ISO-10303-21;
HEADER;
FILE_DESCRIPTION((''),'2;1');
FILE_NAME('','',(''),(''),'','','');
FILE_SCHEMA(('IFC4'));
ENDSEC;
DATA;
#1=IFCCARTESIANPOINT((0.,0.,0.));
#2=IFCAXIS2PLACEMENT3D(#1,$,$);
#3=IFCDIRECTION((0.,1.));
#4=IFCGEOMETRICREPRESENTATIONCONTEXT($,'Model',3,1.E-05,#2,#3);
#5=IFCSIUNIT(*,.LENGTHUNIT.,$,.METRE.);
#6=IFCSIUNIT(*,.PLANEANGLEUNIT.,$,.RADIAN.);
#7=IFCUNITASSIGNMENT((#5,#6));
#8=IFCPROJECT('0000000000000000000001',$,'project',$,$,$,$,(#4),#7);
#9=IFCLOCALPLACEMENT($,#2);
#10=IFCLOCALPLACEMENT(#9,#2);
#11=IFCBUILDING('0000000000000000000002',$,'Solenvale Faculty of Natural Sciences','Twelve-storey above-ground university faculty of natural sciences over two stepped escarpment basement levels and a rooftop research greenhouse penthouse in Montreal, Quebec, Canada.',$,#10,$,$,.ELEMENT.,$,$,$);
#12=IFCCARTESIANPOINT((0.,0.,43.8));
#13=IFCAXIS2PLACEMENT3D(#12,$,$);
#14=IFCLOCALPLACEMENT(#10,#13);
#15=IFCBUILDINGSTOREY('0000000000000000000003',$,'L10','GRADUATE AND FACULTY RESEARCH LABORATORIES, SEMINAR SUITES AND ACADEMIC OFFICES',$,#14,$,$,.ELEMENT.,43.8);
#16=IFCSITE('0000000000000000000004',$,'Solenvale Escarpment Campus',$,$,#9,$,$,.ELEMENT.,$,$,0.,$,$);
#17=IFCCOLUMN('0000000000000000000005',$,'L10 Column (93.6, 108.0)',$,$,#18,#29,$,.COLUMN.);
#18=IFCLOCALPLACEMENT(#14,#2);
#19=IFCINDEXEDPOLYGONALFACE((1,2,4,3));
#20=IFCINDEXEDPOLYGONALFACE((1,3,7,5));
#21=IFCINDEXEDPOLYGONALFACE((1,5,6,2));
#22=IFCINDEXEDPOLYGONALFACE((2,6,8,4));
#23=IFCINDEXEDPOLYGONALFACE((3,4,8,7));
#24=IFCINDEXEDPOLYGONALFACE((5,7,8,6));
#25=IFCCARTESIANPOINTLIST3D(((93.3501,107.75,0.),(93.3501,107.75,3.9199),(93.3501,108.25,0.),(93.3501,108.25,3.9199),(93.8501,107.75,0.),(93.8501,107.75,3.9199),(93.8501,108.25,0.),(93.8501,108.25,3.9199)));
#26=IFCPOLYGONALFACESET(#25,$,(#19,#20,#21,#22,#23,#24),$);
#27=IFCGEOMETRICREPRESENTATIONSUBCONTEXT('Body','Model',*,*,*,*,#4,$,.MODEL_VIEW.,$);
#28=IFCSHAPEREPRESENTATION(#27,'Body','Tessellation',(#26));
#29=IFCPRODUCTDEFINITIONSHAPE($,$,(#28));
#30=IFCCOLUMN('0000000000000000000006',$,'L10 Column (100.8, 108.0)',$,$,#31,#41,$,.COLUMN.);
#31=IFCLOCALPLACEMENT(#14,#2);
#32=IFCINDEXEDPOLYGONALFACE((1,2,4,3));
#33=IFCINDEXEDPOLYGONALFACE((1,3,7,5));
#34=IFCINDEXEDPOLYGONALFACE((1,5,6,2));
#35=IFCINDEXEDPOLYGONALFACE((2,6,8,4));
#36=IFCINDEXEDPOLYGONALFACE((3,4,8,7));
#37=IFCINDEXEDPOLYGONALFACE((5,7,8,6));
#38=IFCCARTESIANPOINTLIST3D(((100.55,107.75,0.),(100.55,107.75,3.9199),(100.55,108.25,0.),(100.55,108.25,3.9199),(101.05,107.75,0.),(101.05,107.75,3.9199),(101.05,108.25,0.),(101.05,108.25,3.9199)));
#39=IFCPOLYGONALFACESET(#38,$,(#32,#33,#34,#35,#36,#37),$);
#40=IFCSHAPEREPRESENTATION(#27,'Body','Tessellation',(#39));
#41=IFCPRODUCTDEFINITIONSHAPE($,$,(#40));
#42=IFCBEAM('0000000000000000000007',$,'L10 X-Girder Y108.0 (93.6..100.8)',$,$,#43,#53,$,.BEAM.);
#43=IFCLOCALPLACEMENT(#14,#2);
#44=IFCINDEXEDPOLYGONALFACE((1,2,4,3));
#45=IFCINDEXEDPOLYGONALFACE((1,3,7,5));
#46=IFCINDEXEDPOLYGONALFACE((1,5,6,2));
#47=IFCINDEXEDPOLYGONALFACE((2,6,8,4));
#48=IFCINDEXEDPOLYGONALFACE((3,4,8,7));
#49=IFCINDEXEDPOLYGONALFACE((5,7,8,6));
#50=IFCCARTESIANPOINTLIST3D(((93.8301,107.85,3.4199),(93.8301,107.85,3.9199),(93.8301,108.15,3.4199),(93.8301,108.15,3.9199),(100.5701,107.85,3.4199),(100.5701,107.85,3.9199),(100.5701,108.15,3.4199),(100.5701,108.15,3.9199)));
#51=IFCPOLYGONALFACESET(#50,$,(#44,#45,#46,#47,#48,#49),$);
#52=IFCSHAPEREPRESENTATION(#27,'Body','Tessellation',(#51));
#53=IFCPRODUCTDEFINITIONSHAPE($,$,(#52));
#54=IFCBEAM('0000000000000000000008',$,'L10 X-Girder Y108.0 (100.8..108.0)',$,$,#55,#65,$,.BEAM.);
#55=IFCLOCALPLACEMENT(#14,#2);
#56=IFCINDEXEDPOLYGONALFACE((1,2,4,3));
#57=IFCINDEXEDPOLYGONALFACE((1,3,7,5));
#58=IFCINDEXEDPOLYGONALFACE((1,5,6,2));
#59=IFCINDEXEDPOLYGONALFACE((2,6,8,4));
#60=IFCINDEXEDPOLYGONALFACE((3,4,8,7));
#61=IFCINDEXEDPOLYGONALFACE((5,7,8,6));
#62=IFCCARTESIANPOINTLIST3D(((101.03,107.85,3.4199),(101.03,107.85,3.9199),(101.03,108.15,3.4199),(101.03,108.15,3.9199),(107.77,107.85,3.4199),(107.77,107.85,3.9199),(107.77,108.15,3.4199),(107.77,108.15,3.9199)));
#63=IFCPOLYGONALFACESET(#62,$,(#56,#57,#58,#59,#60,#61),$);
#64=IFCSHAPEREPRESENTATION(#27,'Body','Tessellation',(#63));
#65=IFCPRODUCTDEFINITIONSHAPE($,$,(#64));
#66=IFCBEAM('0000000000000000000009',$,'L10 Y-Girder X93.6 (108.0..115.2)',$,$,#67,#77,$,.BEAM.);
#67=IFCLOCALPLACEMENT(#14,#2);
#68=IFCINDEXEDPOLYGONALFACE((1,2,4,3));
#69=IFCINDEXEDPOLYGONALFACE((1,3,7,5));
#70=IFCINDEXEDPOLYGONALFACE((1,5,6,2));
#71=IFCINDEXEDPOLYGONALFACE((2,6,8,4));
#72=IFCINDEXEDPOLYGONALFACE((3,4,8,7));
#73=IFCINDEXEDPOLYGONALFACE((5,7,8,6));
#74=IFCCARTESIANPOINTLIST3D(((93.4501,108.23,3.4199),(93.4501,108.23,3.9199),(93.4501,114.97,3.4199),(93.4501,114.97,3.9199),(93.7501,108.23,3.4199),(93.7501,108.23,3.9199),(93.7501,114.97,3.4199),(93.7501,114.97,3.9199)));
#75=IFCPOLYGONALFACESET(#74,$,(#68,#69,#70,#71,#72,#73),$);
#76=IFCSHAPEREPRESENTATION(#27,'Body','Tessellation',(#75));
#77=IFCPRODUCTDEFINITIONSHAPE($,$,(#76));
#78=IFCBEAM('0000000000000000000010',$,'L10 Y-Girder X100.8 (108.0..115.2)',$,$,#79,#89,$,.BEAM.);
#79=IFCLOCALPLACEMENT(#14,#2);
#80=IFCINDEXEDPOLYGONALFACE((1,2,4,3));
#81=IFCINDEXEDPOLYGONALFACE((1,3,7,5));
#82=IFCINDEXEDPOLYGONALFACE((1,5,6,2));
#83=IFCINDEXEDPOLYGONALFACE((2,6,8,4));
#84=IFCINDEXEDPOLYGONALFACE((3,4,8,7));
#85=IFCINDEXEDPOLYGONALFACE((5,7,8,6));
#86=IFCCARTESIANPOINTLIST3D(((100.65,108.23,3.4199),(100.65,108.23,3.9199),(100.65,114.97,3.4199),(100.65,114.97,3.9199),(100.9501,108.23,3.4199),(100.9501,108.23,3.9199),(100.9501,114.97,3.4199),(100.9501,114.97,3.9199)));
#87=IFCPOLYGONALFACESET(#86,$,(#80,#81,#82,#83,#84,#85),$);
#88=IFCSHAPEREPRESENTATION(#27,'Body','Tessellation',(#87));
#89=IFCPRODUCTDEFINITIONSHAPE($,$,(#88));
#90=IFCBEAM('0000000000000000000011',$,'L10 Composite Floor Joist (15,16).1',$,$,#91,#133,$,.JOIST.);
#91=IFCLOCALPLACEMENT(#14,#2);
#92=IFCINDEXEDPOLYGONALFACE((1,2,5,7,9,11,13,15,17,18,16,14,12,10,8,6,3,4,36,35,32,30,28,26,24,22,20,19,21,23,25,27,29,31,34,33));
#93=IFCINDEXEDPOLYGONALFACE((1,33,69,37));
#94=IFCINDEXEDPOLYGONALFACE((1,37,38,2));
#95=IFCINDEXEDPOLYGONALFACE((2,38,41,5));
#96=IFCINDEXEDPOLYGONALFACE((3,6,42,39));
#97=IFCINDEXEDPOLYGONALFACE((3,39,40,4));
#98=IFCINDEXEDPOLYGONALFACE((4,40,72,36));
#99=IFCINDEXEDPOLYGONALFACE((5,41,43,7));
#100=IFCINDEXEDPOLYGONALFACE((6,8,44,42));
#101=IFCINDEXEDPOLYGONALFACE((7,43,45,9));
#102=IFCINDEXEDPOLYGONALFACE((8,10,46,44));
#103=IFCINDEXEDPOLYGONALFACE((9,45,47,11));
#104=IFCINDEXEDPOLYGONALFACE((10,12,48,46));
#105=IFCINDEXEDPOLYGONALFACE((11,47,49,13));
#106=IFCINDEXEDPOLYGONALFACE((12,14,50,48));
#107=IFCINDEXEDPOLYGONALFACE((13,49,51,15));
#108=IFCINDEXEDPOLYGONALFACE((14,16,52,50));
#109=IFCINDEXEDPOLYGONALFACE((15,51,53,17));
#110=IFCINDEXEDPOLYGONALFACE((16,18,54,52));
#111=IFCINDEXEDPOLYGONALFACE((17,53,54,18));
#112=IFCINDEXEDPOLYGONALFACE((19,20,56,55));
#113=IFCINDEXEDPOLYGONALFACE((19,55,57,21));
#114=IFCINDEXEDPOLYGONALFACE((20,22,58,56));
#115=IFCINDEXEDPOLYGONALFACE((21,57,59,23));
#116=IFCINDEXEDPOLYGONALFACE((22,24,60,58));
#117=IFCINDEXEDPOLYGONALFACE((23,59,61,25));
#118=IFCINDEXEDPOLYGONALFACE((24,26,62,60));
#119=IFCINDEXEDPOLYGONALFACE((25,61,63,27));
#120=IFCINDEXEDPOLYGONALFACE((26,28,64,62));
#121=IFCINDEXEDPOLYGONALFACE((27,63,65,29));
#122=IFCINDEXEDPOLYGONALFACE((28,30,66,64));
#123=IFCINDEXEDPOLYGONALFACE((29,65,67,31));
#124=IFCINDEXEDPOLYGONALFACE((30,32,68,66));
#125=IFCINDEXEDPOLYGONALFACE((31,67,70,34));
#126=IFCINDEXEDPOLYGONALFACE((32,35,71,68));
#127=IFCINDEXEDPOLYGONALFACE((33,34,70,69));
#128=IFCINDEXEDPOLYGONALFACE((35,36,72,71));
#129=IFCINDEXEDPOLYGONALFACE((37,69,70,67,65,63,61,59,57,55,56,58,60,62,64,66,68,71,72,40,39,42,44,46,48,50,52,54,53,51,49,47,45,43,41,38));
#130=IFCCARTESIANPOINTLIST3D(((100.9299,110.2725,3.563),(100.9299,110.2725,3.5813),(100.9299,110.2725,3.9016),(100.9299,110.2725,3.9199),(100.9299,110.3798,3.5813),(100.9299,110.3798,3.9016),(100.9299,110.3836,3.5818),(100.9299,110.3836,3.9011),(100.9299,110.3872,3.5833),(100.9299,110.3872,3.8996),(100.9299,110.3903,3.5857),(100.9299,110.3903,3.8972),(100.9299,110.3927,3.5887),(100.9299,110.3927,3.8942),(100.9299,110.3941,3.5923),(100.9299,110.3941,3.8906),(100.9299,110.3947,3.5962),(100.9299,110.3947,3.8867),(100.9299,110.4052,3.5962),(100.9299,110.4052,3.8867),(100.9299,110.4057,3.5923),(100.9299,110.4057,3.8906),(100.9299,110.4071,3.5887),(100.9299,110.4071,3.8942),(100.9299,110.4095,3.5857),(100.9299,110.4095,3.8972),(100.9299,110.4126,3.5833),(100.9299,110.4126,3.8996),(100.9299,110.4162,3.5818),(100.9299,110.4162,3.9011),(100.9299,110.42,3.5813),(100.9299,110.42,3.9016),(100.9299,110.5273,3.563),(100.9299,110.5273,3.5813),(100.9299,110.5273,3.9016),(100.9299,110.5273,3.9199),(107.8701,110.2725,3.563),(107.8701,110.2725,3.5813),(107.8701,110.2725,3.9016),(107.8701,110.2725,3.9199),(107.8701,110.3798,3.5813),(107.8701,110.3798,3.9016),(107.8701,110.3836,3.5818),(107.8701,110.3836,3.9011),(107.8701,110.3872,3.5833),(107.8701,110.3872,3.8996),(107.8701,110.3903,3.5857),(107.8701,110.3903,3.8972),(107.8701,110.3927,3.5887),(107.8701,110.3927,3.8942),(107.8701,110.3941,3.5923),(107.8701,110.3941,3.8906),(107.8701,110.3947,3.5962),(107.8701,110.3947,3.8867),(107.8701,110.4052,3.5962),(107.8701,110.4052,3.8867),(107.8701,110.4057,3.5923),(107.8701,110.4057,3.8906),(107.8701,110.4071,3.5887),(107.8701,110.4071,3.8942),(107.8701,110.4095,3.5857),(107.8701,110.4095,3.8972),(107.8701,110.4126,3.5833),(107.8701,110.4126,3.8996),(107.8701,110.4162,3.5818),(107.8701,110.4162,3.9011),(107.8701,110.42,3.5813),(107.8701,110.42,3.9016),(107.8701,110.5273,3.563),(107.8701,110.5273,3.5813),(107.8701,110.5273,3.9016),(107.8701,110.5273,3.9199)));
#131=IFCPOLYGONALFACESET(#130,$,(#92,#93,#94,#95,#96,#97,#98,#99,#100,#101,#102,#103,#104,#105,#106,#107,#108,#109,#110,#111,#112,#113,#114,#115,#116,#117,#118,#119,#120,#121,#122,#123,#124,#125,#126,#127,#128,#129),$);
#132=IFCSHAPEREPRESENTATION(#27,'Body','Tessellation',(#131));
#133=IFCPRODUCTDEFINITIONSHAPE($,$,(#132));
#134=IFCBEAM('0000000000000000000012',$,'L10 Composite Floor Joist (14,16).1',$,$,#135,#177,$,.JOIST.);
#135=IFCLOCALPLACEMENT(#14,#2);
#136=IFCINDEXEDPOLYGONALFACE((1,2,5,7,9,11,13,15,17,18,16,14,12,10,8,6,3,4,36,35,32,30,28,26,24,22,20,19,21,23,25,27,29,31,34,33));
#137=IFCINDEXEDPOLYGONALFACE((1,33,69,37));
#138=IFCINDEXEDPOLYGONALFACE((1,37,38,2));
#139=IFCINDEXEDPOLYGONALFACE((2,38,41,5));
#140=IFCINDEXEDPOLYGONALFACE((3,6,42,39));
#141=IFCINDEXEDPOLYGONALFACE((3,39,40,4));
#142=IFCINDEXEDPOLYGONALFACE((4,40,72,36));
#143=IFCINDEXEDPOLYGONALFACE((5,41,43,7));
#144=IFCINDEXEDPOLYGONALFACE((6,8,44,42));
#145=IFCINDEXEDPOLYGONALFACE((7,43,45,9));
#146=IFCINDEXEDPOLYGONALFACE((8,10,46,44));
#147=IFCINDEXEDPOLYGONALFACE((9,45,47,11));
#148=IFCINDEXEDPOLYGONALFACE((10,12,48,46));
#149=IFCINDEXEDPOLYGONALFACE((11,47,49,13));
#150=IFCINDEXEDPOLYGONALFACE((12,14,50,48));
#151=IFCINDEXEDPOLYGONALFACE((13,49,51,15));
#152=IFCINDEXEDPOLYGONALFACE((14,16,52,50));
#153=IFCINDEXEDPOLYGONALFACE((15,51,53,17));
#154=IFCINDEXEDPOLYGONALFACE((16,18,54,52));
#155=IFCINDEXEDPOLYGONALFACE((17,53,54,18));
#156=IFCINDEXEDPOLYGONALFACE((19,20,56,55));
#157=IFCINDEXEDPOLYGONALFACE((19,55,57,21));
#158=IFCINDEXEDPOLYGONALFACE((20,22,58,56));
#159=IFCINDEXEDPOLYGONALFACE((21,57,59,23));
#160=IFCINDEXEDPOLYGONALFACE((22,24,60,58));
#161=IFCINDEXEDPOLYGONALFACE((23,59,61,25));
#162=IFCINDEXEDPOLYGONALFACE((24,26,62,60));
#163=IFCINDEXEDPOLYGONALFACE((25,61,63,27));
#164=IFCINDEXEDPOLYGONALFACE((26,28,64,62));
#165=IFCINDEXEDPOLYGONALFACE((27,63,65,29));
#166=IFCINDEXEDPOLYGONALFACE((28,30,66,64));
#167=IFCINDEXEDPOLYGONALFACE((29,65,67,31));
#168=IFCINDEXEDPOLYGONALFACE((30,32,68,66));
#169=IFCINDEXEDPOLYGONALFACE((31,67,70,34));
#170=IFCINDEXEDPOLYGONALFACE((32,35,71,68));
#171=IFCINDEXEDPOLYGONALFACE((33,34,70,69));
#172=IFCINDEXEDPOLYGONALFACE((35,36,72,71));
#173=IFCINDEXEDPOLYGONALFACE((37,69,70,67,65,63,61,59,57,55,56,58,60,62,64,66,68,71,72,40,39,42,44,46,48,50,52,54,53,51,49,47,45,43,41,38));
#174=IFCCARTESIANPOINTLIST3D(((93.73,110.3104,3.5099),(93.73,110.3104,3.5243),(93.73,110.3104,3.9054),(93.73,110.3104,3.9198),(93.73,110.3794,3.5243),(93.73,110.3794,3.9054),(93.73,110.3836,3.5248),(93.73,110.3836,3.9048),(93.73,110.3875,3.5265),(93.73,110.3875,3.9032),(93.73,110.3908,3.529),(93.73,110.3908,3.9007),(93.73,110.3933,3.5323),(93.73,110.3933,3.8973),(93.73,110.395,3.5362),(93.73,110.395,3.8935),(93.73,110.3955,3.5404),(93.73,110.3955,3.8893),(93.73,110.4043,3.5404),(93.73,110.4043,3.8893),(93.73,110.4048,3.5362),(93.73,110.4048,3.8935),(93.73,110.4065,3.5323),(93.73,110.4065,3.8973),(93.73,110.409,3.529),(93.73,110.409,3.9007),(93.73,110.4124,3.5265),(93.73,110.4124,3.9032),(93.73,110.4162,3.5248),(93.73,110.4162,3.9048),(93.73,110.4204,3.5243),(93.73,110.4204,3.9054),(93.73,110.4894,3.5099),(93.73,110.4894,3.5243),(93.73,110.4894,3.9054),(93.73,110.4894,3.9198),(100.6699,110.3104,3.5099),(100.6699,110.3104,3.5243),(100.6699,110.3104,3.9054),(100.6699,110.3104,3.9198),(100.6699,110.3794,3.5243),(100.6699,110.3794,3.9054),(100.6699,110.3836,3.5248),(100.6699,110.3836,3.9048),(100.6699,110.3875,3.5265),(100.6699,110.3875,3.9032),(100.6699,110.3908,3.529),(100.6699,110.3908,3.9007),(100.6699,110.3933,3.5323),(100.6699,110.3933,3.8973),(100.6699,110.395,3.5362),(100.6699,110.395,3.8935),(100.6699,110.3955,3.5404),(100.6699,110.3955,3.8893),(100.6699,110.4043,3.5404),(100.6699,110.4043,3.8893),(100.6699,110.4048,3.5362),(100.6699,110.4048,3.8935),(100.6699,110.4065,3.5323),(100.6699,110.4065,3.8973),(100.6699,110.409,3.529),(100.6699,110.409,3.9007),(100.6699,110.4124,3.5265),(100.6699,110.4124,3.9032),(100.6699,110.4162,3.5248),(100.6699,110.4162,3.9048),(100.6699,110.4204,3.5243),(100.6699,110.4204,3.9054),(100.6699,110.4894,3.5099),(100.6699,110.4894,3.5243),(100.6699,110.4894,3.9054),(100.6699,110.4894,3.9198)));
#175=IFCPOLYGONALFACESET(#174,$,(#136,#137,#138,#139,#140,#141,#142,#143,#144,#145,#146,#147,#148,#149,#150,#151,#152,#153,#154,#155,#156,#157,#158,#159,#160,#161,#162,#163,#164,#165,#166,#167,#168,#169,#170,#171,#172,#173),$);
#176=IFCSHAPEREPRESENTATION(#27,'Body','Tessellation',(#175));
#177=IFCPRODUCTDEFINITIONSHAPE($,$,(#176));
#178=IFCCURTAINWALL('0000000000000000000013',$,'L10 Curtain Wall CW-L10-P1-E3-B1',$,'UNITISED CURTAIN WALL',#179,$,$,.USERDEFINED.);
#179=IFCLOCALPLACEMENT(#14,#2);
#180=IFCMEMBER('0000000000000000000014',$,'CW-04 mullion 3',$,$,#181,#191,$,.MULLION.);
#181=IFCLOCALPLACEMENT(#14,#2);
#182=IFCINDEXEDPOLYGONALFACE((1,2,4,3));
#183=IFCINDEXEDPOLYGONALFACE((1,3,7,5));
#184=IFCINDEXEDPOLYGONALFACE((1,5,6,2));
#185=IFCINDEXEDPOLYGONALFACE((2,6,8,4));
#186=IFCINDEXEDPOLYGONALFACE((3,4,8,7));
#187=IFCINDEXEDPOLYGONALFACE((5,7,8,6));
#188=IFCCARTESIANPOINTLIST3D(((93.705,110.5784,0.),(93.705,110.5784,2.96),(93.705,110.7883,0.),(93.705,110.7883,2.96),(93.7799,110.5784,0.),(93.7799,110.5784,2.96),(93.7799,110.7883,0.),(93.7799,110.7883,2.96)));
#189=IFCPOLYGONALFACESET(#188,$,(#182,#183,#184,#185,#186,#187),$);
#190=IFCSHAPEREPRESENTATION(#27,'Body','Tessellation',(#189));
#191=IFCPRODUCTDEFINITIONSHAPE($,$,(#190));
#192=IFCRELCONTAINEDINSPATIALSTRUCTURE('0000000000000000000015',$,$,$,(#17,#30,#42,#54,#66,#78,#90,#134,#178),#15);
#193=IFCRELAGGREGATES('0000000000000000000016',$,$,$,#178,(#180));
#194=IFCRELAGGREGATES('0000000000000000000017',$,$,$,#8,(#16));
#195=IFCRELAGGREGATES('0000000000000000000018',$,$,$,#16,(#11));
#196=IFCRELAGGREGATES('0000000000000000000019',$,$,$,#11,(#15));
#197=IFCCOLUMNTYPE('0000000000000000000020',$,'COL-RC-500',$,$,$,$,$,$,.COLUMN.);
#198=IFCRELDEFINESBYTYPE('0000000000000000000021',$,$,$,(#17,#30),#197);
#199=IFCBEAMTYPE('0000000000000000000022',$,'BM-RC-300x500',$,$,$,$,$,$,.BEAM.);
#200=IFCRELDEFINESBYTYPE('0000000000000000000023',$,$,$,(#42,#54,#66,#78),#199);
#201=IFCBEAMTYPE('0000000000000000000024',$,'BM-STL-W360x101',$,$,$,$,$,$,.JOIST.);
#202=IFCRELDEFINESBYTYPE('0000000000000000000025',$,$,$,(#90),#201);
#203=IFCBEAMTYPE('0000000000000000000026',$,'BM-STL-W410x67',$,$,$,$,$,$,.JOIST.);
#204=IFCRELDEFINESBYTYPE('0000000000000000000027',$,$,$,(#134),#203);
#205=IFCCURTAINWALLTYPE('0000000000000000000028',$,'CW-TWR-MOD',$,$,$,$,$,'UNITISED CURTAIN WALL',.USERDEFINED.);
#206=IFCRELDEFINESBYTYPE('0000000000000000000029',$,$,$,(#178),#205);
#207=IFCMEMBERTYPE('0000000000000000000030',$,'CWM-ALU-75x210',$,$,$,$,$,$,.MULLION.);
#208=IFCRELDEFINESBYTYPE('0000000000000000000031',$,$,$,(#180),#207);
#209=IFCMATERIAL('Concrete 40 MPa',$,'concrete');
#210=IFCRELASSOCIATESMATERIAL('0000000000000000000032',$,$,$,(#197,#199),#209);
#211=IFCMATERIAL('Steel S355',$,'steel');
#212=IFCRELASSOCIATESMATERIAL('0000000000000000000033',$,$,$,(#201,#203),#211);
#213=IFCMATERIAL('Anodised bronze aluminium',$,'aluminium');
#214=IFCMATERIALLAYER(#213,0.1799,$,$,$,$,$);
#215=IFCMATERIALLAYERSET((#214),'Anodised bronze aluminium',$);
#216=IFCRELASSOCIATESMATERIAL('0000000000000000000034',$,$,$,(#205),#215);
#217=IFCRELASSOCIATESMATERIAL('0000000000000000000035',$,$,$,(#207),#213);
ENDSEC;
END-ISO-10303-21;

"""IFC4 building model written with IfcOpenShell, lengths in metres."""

from ifc_helpers import new_model, si_unit, direction, frame, origin, origin_2d, place, context, subcontext, project, spatial, rectangle, i_section, extrude, material, layer, layer_set, material_profile, profile_set, type_object, element, aggregate, save


model = new_model("IFC4")

# Units and contexts
model_context = context("Model", 3, precision=1e-05, world=origin(), true_north=direction((0.0, 1.0)))
body_context = subcontext(model_context, "Body", "Model", "MODEL_VIEW")
ifc_project = project(units=[si_unit("LENGTHUNIT", "METRE"), si_unit("PLANEANGLEUNIT", "RADIAN")], contexts=[model_context])

# Site, building, storey
site_placement = place(None, origin())
site = spatial("IfcSite", under=ifc_project, at=site_placement, Name="Solenvale Escarpment Campus", CompositionType="ELEMENT", RefElevation=0.0)
building_placement = place(site_placement, origin())
building = spatial("IfcBuilding", under=site, at=building_placement, Name="Solenvale Faculty of Natural Sciences", Description="Twelve-storey above-ground university faculty of natural sciences over two stepped escarpment basement levels and a rooftop research greenhouse penthouse in Montreal, Quebec, Canada.", CompositionType="ELEMENT")
storey_placement = place(building_placement, frame((0.0, 0.0, 43.8)))
storey = spatial("IfcBuildingStorey", under=building, at=storey_placement, Name="L10", Description="GRADUATE AND FACULTY RESEARCH LABORATORIES, SEMINAR SUITES AND ACADEMIC OFFICES", CompositionType="ELEMENT", Elevation=43.8)

# Columns
ifc_material_1 = material(Name="Concrete 40 MPa", Category="concrete")
ifc_material_profile_1 = material_profile(ifc_material_1, rectangle(XDim=0.5, YDim=0.5, at=origin_2d()), Name="RC-COL-500x500")
ifc_profile_set_1 = profile_set([ifc_material_profile_1], Name="Concrete 40 MPa")
column_type = type_object("IfcColumnType", Name="COL-RC-500", PredefinedType="COLUMN", material=ifc_profile_set_1)
for number, where, z_axis, x_axis, name in (
    (1, (93.6001, 108.0, 0.0), (0.0, 0.0, 1.0), (1.0, 0.0, 0.0), "L10 Column (93.6, 108.0)"),
    (2, (100.8, 108.0, 0.0), (0.0, 0.0, 1.0), (1.0, 0.0, 0.0), "L10 Column (100.8, 108.0)"),
):
    element("IfcColumn", number, at=place(storey_placement, frame(where, z_axis=z_axis, x_axis=x_axis)), inside=storey, type_object=column_type, Name=name, PredefinedType="COLUMN", context=body_context, shape_type="SweptSolid", body=[
        extrude(rectangle(XDim=0.5, YDim=0.5, at=origin_2d()), origin(), (0.0, 0.0, 1.0), 3.9199),
    ])

# Beams
ifc_material_profile_2 = material_profile(ifc_material_1, rectangle(XDim=0.3, YDim=0.5, at=origin_2d()), Name="RC-BM-300x500")
ifc_profile_set_2 = profile_set([ifc_material_profile_2], Name="Concrete 40 MPa")
beam_type_1 = type_object("IfcBeamType", Name="BM-RC-300x500", PredefinedType="BEAM", material=ifc_profile_set_2)
for number, where, z_axis, x_axis, name in (
    (3, (93.8301, 108.0, 3.6699), (1.0, 0.0, 0.0), (0.0, 1.0, 0.0), "L10 X-Girder Y108.0 (93.6..100.8)"),
    (4, (101.03, 108.0, 3.6699), (1.0, 0.0, 0.0), (0.0, 1.0, 0.0), "L10 X-Girder Y108.0 (100.8..108.0)"),
    (5, (93.6001, 108.23, 3.6699), (0.0, 1.0, 0.0), (-1.0, 0.0, 0.0), "L10 Y-Girder X93.6 (108.0..115.2)"),
    (6, (100.8, 108.23, 3.6699), (0.0, 1.0, 0.0), (-1.0, 0.0, 0.0), "L10 Y-Girder X100.8 (108.0..115.2)"),
):
    element("IfcBeam", number, at=place(storey_placement, frame(where, z_axis=z_axis, x_axis=x_axis)), inside=storey, type_object=beam_type_1, Name=name, PredefinedType="BEAM", context=body_context, shape_type="SweptSolid", body=[
        extrude(rectangle(XDim=0.3, YDim=0.5, at=origin_2d()), origin(), (0.0, 0.0, 1.0), 6.74),
    ])
ifc_material_2 = material(Name="Steel S355", Category="steel")
ifc_material_profile_3 = material_profile(ifc_material_2, i_section(OverallWidth=0.2549, OverallDepth=0.3569, WebThickness=0.0105, FlangeThickness=0.0183, FilletRadius=0.0149, at=origin_2d()), Name="W360x101")
ifc_profile_set_3 = profile_set([ifc_material_profile_3], Name="Steel S355")
beam_type_2 = type_object("IfcBeamType", Name="BM-STL-W360x101", PredefinedType="JOIST", material=ifc_profile_set_3)
beam_1_placement = place(storey_placement, frame((100.9299, 110.3999, 3.7415), z_axis=(1.0, 0.0, 0.0), x_axis=(0.0, 1.0, 0.0)))
element("IfcBeam", 7, at=beam_1_placement, inside=storey, type_object=beam_type_2, Name="L10 Composite Floor Joist (15,16).1", PredefinedType="JOIST", context=body_context, shape_type="SweptSolid", body=[
    extrude(i_section(OverallWidth=0.2549, OverallDepth=0.3569, WebThickness=0.0105, FlangeThickness=0.0183, FilletRadius=0.0149, at=origin_2d()), origin(), (0.0, 0.0, 1.0), 6.9402),
])
ifc_material_profile_4 = material_profile(ifc_material_2, i_section(OverallWidth=0.179, OverallDepth=0.4099, WebThickness=0.0088, FlangeThickness=0.0144, FilletRadius=0.0161, at=origin_2d()), Name="W410x67")
ifc_profile_set_4 = profile_set([ifc_material_profile_4], Name="Steel S355")
beam_type_3 = type_object("IfcBeamType", Name="BM-STL-W410x67", PredefinedType="JOIST", material=ifc_profile_set_4)
beam_2_placement = place(storey_placement, frame((93.73, 110.3999, 3.7148), z_axis=(1.0, 0.0, 0.0), x_axis=(0.0, 1.0, 0.0)))
element("IfcBeam", 8, at=beam_2_placement, inside=storey, type_object=beam_type_3, Name="L10 Composite Floor Joist (14,16).1", PredefinedType="JOIST", context=body_context, shape_type="SweptSolid", body=[
    extrude(i_section(OverallWidth=0.179, OverallDepth=0.4099, WebThickness=0.0088, FlangeThickness=0.0144, FilletRadius=0.0161, at=origin_2d()), origin(), (0.0, 0.0, 1.0), 6.9399),
])

# Curtain wall, member
ifc_material_3 = material(Name="Anodised bronze aluminium", Category="aluminium")
ifc_layer_1 = layer(ifc_material_3, 0.1799)
ifc_layer_set_1 = layer_set([ifc_layer_1], Name="Anodised bronze aluminium")
curtain_wall_type = type_object("IfcCurtainWallType", Name="CW-TWR-MOD", ElementType="UNITISED CURTAIN WALL", PredefinedType="USERDEFINED", material=ifc_layer_set_1)
curtain_wall_1_placement = place(storey_placement, origin())
curtain_wall_1 = element("IfcCurtainWall", 9, at=curtain_wall_1_placement, inside=storey, type_object=curtain_wall_type, Name="L10 Curtain Wall CW-L10-P1-E3-B1", ObjectType="UNITISED CURTAIN WALL", PredefinedType="USERDEFINED")
ifc_material_profile_5 = material_profile(ifc_material_3, rectangle(XDim=0.075, YDim=0.21, at=origin_2d()), Name="ALU-MUL-75x210")
ifc_profile_set_5 = profile_set([ifc_material_profile_5], Name="Anodised bronze aluminium")
member_type_1 = type_object("IfcMemberType", Name="CWM-ALU-75x210", PredefinedType="MULLION", material=ifc_profile_set_5)
member_1_placement = place(storey_placement, frame((93.7424, 110.6833, 0.0), z_axis=(0.0, 0.0, 1.0), x_axis=(1.0, 0.0, 0.0)))
member_1 = element("IfcMember", 10, at=member_1_placement, type_object=member_type_1, Name="CW-04 mullion 3", PredefinedType="MULLION", context=body_context, shape_type="SweptSolid", body=[
    extrude(rectangle(XDim=0.075, YDim=0.21, at=origin_2d()), origin(), (0.0, 0.0, 1.0), 2.96),
])

aggregate(curtain_wall_1, [member_1])

save(model, "model.ifc")
